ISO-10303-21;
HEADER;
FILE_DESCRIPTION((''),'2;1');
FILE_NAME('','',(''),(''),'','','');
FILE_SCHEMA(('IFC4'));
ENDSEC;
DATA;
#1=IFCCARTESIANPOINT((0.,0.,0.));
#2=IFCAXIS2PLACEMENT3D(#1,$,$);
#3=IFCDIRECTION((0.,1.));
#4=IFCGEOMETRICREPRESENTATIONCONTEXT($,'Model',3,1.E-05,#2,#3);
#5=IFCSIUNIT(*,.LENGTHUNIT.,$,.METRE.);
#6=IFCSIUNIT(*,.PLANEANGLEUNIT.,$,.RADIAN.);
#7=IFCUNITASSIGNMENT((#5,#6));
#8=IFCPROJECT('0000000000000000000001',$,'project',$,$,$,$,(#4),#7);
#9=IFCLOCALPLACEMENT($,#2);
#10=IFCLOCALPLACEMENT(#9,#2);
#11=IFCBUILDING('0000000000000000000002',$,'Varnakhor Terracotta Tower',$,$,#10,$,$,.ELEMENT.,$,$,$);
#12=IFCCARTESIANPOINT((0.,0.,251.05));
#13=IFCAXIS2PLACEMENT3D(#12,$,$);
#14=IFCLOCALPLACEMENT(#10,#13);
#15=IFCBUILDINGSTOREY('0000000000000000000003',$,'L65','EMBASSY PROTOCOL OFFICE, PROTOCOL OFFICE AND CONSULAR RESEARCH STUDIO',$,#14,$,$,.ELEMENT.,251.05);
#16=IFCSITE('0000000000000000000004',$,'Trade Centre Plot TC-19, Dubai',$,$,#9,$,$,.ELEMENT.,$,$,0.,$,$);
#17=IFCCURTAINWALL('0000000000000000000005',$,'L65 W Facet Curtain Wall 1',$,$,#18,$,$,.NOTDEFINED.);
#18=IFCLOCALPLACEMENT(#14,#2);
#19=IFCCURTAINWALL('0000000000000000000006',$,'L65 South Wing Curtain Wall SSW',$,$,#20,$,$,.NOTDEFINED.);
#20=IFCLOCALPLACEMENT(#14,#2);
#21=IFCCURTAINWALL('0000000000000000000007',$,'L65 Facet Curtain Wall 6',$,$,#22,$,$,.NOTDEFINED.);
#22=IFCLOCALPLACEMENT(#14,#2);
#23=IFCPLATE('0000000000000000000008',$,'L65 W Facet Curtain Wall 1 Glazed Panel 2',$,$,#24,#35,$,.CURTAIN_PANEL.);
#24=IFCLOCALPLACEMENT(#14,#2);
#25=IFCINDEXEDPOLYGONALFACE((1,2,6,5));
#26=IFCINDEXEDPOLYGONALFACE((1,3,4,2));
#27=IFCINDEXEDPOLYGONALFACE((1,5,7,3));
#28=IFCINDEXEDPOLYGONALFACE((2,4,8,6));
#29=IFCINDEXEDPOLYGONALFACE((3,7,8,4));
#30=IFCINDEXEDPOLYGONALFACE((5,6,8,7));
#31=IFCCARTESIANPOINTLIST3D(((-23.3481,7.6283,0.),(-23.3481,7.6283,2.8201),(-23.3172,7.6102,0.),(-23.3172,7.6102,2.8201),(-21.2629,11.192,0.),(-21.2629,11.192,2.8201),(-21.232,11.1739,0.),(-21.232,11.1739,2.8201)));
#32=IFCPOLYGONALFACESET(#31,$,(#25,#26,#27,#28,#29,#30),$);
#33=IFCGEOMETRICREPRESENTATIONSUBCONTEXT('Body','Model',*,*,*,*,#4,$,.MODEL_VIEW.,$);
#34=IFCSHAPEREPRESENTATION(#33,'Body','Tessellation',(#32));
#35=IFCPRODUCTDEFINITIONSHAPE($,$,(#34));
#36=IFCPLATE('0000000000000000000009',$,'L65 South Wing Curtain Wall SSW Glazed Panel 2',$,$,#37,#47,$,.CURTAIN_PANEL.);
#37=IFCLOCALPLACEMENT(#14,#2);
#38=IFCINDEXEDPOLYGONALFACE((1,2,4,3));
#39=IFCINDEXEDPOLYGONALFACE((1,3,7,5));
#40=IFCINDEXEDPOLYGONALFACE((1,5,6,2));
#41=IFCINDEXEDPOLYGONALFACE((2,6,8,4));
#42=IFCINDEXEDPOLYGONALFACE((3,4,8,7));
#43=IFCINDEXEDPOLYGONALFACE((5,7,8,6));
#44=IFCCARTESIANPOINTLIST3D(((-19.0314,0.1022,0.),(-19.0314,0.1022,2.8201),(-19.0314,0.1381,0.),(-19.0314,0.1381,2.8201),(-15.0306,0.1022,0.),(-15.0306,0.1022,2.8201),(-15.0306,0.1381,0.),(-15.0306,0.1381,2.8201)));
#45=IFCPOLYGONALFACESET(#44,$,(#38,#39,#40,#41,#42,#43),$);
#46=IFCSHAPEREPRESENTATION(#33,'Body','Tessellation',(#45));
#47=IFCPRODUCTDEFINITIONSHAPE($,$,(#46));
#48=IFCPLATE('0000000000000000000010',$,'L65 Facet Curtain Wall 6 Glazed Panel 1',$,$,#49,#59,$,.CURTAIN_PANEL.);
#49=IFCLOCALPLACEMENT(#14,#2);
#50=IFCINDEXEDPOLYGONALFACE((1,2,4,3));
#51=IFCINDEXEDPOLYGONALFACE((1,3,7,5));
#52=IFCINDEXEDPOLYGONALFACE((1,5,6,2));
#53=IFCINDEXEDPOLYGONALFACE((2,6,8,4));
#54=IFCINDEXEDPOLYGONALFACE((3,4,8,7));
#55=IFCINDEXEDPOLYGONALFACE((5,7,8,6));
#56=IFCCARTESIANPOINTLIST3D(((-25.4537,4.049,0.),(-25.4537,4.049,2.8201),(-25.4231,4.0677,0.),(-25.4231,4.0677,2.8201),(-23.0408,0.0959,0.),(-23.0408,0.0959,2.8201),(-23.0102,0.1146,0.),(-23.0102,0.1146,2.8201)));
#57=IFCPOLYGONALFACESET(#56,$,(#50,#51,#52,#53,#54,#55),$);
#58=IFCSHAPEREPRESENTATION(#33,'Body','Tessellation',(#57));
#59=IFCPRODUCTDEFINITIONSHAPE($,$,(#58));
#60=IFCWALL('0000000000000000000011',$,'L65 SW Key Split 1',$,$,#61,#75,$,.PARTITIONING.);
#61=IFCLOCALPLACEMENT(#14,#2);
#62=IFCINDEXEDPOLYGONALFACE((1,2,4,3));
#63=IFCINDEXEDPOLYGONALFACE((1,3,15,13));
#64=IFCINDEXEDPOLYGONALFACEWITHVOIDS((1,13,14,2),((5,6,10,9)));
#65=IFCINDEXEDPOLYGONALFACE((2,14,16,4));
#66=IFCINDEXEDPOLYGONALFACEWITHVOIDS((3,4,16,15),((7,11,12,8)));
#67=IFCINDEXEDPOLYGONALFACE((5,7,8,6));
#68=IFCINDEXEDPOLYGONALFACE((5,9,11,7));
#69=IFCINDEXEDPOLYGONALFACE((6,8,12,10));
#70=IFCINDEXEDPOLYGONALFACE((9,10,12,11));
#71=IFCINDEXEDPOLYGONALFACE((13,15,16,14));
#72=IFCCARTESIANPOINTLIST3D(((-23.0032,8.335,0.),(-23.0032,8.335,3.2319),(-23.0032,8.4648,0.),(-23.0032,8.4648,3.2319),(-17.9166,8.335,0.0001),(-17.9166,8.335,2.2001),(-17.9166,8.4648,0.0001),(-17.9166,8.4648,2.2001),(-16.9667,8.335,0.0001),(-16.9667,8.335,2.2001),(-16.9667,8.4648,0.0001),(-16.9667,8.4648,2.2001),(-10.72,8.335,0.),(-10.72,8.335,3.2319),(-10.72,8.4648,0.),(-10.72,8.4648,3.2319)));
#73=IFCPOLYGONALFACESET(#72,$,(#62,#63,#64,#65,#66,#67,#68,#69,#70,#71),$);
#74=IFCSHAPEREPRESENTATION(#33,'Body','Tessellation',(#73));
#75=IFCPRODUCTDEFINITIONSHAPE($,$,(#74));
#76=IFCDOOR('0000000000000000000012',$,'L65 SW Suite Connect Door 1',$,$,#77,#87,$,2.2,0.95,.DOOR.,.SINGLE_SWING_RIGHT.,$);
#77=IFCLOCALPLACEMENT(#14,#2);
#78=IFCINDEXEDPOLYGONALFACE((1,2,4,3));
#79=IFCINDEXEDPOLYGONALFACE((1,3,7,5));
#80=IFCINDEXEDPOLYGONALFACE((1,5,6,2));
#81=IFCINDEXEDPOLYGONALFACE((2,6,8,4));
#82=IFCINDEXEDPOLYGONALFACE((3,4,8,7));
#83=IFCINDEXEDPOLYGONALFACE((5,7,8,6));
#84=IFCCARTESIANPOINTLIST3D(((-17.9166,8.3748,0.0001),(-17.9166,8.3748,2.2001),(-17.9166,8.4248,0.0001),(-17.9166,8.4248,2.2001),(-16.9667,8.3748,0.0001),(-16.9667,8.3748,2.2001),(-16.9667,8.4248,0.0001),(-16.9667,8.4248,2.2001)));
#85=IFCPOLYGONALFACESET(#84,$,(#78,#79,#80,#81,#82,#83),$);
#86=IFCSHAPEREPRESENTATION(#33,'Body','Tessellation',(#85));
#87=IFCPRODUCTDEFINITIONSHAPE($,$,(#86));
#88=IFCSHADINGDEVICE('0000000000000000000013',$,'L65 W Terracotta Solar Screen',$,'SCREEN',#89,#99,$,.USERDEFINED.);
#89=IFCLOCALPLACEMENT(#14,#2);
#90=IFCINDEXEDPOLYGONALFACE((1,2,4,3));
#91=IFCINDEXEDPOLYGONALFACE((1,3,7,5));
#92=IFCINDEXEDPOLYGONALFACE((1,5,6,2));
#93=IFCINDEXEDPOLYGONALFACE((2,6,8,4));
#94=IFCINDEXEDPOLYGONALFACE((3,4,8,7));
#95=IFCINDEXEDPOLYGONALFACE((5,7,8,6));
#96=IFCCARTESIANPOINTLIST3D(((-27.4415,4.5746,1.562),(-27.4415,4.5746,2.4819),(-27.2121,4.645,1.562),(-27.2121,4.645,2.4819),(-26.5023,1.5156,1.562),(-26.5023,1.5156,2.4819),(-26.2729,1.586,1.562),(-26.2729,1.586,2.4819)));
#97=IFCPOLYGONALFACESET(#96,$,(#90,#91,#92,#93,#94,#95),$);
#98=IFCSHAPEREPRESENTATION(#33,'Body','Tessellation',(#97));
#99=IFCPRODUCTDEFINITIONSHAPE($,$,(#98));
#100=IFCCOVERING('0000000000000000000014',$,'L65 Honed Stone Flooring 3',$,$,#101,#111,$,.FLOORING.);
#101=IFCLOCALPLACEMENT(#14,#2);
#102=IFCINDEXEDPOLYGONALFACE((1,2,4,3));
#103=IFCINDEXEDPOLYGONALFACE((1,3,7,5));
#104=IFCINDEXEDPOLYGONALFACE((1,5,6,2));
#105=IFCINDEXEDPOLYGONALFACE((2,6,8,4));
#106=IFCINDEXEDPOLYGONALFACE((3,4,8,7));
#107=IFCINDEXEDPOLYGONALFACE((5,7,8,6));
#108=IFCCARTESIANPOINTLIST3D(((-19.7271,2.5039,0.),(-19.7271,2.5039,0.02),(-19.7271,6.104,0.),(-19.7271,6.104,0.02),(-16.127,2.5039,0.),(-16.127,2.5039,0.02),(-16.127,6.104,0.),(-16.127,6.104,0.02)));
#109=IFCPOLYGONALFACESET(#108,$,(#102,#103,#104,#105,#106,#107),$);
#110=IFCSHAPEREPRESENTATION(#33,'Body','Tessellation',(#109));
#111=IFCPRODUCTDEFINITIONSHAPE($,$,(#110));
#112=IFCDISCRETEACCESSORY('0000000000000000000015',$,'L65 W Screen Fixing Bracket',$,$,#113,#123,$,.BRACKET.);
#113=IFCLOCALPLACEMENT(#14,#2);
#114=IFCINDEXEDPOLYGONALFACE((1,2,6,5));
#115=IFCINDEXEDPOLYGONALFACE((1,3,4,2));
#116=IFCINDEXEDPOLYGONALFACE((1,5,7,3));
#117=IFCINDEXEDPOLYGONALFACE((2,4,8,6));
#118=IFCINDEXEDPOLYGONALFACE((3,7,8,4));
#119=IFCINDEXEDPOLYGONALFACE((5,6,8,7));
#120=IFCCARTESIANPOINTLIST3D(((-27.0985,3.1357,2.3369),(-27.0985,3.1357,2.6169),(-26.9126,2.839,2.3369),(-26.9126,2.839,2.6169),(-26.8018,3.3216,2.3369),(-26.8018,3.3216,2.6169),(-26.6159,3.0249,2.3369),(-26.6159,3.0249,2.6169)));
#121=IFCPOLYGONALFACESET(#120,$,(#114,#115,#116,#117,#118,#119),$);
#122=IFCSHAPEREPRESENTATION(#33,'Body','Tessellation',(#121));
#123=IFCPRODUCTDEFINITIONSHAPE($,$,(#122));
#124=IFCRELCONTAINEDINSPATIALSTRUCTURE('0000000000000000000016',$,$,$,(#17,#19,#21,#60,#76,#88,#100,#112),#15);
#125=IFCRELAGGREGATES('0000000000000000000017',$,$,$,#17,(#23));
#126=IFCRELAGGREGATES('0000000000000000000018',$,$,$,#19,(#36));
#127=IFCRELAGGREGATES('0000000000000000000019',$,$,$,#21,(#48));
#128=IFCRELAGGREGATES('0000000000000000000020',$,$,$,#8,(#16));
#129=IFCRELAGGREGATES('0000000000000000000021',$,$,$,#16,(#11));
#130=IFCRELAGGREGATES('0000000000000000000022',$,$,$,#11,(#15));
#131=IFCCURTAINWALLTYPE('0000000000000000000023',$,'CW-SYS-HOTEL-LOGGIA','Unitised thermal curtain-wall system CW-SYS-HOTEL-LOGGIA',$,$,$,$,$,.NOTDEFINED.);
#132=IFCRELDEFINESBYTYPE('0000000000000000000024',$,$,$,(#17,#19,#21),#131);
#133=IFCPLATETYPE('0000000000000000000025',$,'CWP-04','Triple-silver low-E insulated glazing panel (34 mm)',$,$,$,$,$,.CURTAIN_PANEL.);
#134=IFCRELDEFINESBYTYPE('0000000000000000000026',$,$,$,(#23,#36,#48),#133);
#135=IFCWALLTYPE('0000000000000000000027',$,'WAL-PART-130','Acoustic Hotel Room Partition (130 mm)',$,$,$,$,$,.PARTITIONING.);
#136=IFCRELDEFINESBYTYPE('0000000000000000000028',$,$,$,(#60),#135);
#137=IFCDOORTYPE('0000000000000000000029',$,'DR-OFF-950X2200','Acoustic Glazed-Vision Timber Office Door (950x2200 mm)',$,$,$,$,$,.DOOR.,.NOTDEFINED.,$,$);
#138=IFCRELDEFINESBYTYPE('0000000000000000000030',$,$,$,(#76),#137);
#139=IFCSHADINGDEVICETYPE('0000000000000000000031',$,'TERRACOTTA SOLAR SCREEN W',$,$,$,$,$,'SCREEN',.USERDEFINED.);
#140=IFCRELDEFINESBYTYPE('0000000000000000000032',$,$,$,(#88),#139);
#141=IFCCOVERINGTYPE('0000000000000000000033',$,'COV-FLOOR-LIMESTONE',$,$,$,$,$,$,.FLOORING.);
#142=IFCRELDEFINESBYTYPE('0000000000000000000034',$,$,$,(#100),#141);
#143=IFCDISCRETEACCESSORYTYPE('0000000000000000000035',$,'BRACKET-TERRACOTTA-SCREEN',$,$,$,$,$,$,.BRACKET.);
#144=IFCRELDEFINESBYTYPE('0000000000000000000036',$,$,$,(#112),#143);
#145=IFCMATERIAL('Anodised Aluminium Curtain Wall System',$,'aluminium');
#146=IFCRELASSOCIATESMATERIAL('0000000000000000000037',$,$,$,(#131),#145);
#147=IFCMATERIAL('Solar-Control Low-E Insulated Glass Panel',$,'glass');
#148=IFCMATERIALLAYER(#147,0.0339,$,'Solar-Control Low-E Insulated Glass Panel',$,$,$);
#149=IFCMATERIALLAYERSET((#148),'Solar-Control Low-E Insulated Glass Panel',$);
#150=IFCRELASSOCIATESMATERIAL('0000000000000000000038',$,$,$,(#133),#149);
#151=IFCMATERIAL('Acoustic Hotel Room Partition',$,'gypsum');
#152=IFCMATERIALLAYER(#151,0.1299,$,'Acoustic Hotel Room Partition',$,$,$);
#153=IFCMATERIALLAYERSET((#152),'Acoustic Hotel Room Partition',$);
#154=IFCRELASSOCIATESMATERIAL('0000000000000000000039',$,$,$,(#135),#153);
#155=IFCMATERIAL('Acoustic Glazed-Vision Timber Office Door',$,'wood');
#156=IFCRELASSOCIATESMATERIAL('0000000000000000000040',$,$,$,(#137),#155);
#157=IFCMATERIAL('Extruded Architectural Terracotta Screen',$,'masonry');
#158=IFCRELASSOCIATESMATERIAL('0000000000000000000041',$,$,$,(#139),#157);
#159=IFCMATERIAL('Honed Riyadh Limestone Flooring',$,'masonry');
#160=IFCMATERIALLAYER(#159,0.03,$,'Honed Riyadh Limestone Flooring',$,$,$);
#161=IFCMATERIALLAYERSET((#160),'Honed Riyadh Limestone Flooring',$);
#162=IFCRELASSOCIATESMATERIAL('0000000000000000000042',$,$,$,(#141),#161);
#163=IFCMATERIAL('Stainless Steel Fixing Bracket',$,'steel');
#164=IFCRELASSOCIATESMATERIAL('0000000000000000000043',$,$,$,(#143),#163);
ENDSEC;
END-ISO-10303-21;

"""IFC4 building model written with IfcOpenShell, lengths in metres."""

from ifc_helpers import new_model, si_unit, direction, frame, frame_2d, origin, origin_2d, place, context, subcontext, project, spatial, rectangle, extrude, source, transform, mapped, material, layer, layer_set, type_object, type_shapes, element, fill, aggregate, save


model = new_model("IFC4")

# Units and contexts
model_context = context("Model", 3, precision=1e-05, world=origin(), true_north=direction((0.0, 1.0)))
body_context = subcontext(model_context, "Body", "Model", "MODEL_VIEW")
ifc_project = project(units=[si_unit("LENGTHUNIT", "METRE"), si_unit("PLANEANGLEUNIT", "RADIAN")], contexts=[model_context])

# Site, building, storey
site_placement = place(None, origin())
site = spatial("IfcSite", under=ifc_project, at=site_placement, Name="Trade Centre Plot TC-19, Dubai", CompositionType="ELEMENT", RefElevation=0.0)
building_placement = place(site_placement, origin())
building = spatial("IfcBuilding", under=site, at=building_placement, Name="Varnakhor Terracotta Tower", CompositionType="ELEMENT")
storey_placement = place(building_placement, frame((0.0, 0.0, 251.05)))
storey = spatial("IfcBuildingStorey", under=building, at=storey_placement, Name="L65", Description="EMBASSY PROTOCOL OFFICE, PROTOCOL OFFICE AND CONSULAR RESEARCH STUDIO", CompositionType="ELEMENT", Elevation=251.05)

# Curtain walls
ifc_material_1 = material(Name="Anodised Aluminium Curtain Wall System", Category="aluminium")
curtain_wall_type = type_object("IfcCurtainWallType", Name="CW-SYS-HOTEL-LOGGIA", Description="Unitised thermal curtain-wall system CW-SYS-HOTEL-LOGGIA", PredefinedType="NOTDEFINED", material=ifc_material_1)
curtain_wall_1_placement = place(storey_placement, origin())
curtain_wall_1 = element("IfcCurtainWall", 1, at=curtain_wall_1_placement, inside=storey, type_object=curtain_wall_type, Name="L65 W Facet Curtain Wall 1", PredefinedType="NOTDEFINED")
curtain_wall_2_placement = place(storey_placement, origin())
curtain_wall_2 = element("IfcCurtainWall", 2, at=curtain_wall_2_placement, inside=storey, type_object=curtain_wall_type, Name="L65 South Wing Curtain Wall SSW", PredefinedType="NOTDEFINED")

# Curtain wall
curtain_wall_3_placement = place(storey_placement, origin())
curtain_wall_3 = element("IfcCurtainWall", 3, at=curtain_wall_3_placement, inside=storey, type_object=curtain_wall_type, Name="L65 Facet Curtain Wall 6", PredefinedType="NOTDEFINED")

# Plates
ifc_material_2 = material(Name="Solar-Control Low-E Insulated Glass Panel", Category="glass")
ifc_layer_1 = layer(ifc_material_2, 0.0339, Name="Solar-Control Low-E Insulated Glass Panel")
ifc_layer_set_1 = layer_set([ifc_layer_1], Name="Solar-Control Low-E Insulated Glass Panel")
plate_type = type_object("IfcPlateType", Name="CWP-04", Description="Triple-silver low-E insulated glazing panel (34 mm)", PredefinedType="CURTAIN_PANEL", material=ifc_layer_set_1)
shared_shape_1 = source(origin(), body_context, "Body", "SweptSolid", [
    extrude(rectangle(XDim=4.1289, YDim=0.0359, at=origin_2d()), origin(), (0.0, 0.0, 1.0), 2.8201),
])
plate_1_placement = place(storey_placement, frame((-22.29, 9.4011, 0.0), z_axis=(0.0, 0.0, 1.0), x_axis=(0.505025, 0.863105, 0.0)))
plate_1 = element("IfcPlate", 4, at=plate_1_placement, type_object=plate_type, Name="L65 W Facet Curtain Wall 1 Glazed Panel 2", PredefinedType="CURTAIN_PANEL", context=body_context, shape_type="MappedRepresentation", body=[
    mapped(shared_shape_1, transform((0.0, 0.0, 0.0), scale=1.0)),
])
aggregate(curtain_wall_1, [plate_1])
shared_shape_2 = source(origin(), body_context, "Body", "SweptSolid", [
    extrude(rectangle(XDim=4.0007, YDim=0.0359, at=origin_2d()), origin(), (0.0, 0.0, 1.0), 2.8201),
])
plate_2_placement = place(storey_placement, frame((-17.031, 0.1201, 0.0), z_axis=(0.0, 0.0, 1.0), x_axis=(-1.0, 0.0, 0.0)))
plate_2 = element("IfcPlate", 5, at=plate_2_placement, type_object=plate_type, Name="L65 South Wing Curtain Wall SSW Glazed Panel 2", PredefinedType="CURTAIN_PANEL", context=body_context, shape_type="MappedRepresentation", body=[
    mapped(shared_shape_2, transform((0.0, 0.0, 0.0), scale=1.0)),
])
aggregate(curtain_wall_2, [plate_2])
shared_shape_3 = source(origin(), body_context, "Body", "SweptSolid", [
    extrude(rectangle(XDim=4.6313, YDim=0.0359, at=origin_2d()), origin(), (0.0, 0.0, 1.0), 2.8201),
])
plate_3_placement = place(storey_placement, frame((-24.2319, 2.0818, 0.0), z_axis=(0.0, 0.0, 1.0), x_axis=(-0.520995, 0.85356, 0.0)))
plate_3 = element("IfcPlate", 6, at=plate_3_placement, type_object=plate_type, Name="L65 Facet Curtain Wall 6 Glazed Panel 1", PredefinedType="CURTAIN_PANEL", context=body_context, shape_type="MappedRepresentation", body=[
    mapped(shared_shape_3, transform((0.0, 0.0, 0.0), scale=1.0)),
])
aggregate(curtain_wall_3, [plate_3])

# Wall, opening, door
ifc_material_3 = material(Name="Acoustic Hotel Room Partition", Category="gypsum")
ifc_layer_2 = layer(ifc_material_3, 0.1299, Name="Acoustic Hotel Room Partition")
ifc_layer_set_2 = layer_set([ifc_layer_2], Name="Acoustic Hotel Room Partition")
wall_type = type_object("IfcWallType", Name="WAL-PART-130", Description="Acoustic Hotel Room Partition (130 mm)", PredefinedType="PARTITIONING", material=ifc_layer_set_2)
wall_placement = place(storey_placement, frame((-23.0032, 8.3999, 0.0), z_axis=(0.0, 0.0, 1.0), x_axis=(1.0, 0.0, 0.0)))
wall = element("IfcWall", 7, at=wall_placement, inside=storey, type_object=wall_type, Name="L65 SW Key Split 1", PredefinedType="PARTITIONING", context=body_context, shape_type="SweptSolid", body=[
    extrude(rectangle(XDim=12.2832, YDim=0.1299, at=frame_2d((6.1416, 0.0))), origin(), (0.0, 0.0, 1.0), 3.2319),
])
opening_placement = place(wall_placement, frame((5.0864, 0.0, 0.0)))
opening = element("IfcOpeningElement", 8, at=opening_placement, cuts=wall, PredefinedType="OPENING", context=body_context, shape_type="SweptSolid", body=[
    extrude(rectangle(XDim=0.95, YDim=2.2, at=frame_2d((0.4751, 1.1001))), frame((0.0, 0.075, 0.0), z_axis=(0.0, -1.0, 0.0), x_axis=(1.0, 0.0, 0.0)), (0.0, 0.0, 1.0), 0.1499),
])
ifc_material_4 = material(Name="Acoustic Glazed-Vision Timber Office Door", Category="wood")
door_type = type_object("IfcDoorType", Name="DR-OFF-950X2200", Description="Acoustic Glazed-Vision Timber Office Door (950x2200 mm)", OperationType="NOTDEFINED", PredefinedType="DOOR", material=ifc_material_4)
shared_shape_4 = source(origin(), body_context, "Body", "SweptSolid", [
    extrude(rectangle(XDim=0.95, YDim=2.2, at=frame_2d((0.4751, 1.1001))), frame((0.0, 0.0249, 0.0), z_axis=(0.0, -1.0, 0.0), x_axis=(1.0, 0.0, 0.0)), (0.0, 0.0, 1.0), 0.05),
])
type_shapes(door_type, [shared_shape_4])
door_placement = place(opening_placement, origin())
door = element("IfcDoor", 9, at=door_placement, inside=storey, type_object=door_type, Name="L65 SW Suite Connect Door 1", OperationType="SINGLE_SWING_RIGHT", OverallHeight=2.2, OverallWidth=0.95, PredefinedType="DOOR", context=body_context, shape_type="MappedRepresentation", body=[
    mapped(shared_shape_4, transform((0.0, 0.0, 0.0), scale=1.0)),
])
fill(opening, door)

# Shading device
ifc_material_5 = material(Name="Extruded Architectural Terracotta Screen", Category="masonry")
shading_device_type = type_object("IfcShadingDeviceType", Name="TERRACOTTA SOLAR SCREEN W", ElementType="SCREEN", PredefinedType="USERDEFINED", material=ifc_material_5)
shared_shape_5 = source(origin(), body_context, "Body", "SweptSolid", [
    extrude(rectangle(XDim=3.2, YDim=0.24, at=origin_2d()), origin(), (0.0, 0.0, 1.0), 0.9199),
])
type_shapes(shading_device_type, [shared_shape_5])
shading_device_placement = place(storey_placement, frame((-26.8572, 3.0803, 1.562), z_axis=(0.0, 0.0, 1.0), x_axis=(0.293506, -0.955957, 0.0)))
element("IfcShadingDevice", 10, at=shading_device_placement, inside=storey, type_object=shading_device_type, Name="L65 W Terracotta Solar Screen", ObjectType="SCREEN", PredefinedType="USERDEFINED", context=body_context, shape_type="MappedRepresentation", body=[
    mapped(shared_shape_5, transform((0.0, 0.0, 0.0), scale=1.0)),
])

# Covering
ifc_material_6 = material(Name="Honed Riyadh Limestone Flooring", Category="masonry")
ifc_layer_3 = layer(ifc_material_6, 0.03, Name="Honed Riyadh Limestone Flooring")
ifc_layer_set_3 = layer_set([ifc_layer_3], Name="Honed Riyadh Limestone Flooring")
covering_type = type_object("IfcCoveringType", Name="COV-FLOOR-LIMESTONE", PredefinedType="FLOORING", material=ifc_layer_set_3)
shared_shape_6 = source(origin(), body_context, "Body", "SweptSolid", [
    extrude(rectangle(XDim=3.6001, YDim=3.6001, at=origin_2d()), origin(), (0.0, 0.0, 1.0), 0.02),
])
covering_placement = place(storey_placement, frame((-17.927, 4.304, 0.0), z_axis=(0.0, 0.0, 1.0), x_axis=(1.0, 0.0, 0.0)))
element("IfcCovering", 11, at=covering_placement, inside=storey, type_object=covering_type, Name="L65 Honed Stone Flooring 3", PredefinedType="FLOORING", context=body_context, shape_type="MappedRepresentation", body=[
    mapped(shared_shape_6, transform((0.0, 0.0, 0.0), scale=1.0)),
])

# Discrete accessory
ifc_material_7 = material(Name="Stainless Steel Fixing Bracket", Category="steel")
discrete_accessory_type = type_object("IfcDiscreteAccessoryType", Name="BRACKET-TERRACOTTA-SCREEN", PredefinedType="BRACKET", material=ifc_material_7)
shared_shape_7 = source(origin(), body_context, "Body", "SweptSolid", [
    extrude(rectangle(XDim=0.3501, YDim=0.3501, at=origin_2d()), origin(), (0.0, 0.0, 1.0), 0.28),
])
type_shapes(discrete_accessory_type, [shared_shape_7])
discrete_accessory_placement = place(storey_placement, frame((-26.8572, 3.0803, 2.3369), z_axis=(0.0, 0.0, 1.0), x_axis=(0.530925, -0.847419, 0.0)))
element("IfcDiscreteAccessory", 12, at=discrete_accessory_placement, inside=storey, type_object=discrete_accessory_type, Name="L65 W Screen Fixing Bracket", PredefinedType="BRACKET", context=body_context, shape_type="MappedRepresentation", body=[
    mapped(shared_shape_7, transform((0.0, 0.0, 0.0), scale=1.0)),
])

save(model, "model.ifc")
